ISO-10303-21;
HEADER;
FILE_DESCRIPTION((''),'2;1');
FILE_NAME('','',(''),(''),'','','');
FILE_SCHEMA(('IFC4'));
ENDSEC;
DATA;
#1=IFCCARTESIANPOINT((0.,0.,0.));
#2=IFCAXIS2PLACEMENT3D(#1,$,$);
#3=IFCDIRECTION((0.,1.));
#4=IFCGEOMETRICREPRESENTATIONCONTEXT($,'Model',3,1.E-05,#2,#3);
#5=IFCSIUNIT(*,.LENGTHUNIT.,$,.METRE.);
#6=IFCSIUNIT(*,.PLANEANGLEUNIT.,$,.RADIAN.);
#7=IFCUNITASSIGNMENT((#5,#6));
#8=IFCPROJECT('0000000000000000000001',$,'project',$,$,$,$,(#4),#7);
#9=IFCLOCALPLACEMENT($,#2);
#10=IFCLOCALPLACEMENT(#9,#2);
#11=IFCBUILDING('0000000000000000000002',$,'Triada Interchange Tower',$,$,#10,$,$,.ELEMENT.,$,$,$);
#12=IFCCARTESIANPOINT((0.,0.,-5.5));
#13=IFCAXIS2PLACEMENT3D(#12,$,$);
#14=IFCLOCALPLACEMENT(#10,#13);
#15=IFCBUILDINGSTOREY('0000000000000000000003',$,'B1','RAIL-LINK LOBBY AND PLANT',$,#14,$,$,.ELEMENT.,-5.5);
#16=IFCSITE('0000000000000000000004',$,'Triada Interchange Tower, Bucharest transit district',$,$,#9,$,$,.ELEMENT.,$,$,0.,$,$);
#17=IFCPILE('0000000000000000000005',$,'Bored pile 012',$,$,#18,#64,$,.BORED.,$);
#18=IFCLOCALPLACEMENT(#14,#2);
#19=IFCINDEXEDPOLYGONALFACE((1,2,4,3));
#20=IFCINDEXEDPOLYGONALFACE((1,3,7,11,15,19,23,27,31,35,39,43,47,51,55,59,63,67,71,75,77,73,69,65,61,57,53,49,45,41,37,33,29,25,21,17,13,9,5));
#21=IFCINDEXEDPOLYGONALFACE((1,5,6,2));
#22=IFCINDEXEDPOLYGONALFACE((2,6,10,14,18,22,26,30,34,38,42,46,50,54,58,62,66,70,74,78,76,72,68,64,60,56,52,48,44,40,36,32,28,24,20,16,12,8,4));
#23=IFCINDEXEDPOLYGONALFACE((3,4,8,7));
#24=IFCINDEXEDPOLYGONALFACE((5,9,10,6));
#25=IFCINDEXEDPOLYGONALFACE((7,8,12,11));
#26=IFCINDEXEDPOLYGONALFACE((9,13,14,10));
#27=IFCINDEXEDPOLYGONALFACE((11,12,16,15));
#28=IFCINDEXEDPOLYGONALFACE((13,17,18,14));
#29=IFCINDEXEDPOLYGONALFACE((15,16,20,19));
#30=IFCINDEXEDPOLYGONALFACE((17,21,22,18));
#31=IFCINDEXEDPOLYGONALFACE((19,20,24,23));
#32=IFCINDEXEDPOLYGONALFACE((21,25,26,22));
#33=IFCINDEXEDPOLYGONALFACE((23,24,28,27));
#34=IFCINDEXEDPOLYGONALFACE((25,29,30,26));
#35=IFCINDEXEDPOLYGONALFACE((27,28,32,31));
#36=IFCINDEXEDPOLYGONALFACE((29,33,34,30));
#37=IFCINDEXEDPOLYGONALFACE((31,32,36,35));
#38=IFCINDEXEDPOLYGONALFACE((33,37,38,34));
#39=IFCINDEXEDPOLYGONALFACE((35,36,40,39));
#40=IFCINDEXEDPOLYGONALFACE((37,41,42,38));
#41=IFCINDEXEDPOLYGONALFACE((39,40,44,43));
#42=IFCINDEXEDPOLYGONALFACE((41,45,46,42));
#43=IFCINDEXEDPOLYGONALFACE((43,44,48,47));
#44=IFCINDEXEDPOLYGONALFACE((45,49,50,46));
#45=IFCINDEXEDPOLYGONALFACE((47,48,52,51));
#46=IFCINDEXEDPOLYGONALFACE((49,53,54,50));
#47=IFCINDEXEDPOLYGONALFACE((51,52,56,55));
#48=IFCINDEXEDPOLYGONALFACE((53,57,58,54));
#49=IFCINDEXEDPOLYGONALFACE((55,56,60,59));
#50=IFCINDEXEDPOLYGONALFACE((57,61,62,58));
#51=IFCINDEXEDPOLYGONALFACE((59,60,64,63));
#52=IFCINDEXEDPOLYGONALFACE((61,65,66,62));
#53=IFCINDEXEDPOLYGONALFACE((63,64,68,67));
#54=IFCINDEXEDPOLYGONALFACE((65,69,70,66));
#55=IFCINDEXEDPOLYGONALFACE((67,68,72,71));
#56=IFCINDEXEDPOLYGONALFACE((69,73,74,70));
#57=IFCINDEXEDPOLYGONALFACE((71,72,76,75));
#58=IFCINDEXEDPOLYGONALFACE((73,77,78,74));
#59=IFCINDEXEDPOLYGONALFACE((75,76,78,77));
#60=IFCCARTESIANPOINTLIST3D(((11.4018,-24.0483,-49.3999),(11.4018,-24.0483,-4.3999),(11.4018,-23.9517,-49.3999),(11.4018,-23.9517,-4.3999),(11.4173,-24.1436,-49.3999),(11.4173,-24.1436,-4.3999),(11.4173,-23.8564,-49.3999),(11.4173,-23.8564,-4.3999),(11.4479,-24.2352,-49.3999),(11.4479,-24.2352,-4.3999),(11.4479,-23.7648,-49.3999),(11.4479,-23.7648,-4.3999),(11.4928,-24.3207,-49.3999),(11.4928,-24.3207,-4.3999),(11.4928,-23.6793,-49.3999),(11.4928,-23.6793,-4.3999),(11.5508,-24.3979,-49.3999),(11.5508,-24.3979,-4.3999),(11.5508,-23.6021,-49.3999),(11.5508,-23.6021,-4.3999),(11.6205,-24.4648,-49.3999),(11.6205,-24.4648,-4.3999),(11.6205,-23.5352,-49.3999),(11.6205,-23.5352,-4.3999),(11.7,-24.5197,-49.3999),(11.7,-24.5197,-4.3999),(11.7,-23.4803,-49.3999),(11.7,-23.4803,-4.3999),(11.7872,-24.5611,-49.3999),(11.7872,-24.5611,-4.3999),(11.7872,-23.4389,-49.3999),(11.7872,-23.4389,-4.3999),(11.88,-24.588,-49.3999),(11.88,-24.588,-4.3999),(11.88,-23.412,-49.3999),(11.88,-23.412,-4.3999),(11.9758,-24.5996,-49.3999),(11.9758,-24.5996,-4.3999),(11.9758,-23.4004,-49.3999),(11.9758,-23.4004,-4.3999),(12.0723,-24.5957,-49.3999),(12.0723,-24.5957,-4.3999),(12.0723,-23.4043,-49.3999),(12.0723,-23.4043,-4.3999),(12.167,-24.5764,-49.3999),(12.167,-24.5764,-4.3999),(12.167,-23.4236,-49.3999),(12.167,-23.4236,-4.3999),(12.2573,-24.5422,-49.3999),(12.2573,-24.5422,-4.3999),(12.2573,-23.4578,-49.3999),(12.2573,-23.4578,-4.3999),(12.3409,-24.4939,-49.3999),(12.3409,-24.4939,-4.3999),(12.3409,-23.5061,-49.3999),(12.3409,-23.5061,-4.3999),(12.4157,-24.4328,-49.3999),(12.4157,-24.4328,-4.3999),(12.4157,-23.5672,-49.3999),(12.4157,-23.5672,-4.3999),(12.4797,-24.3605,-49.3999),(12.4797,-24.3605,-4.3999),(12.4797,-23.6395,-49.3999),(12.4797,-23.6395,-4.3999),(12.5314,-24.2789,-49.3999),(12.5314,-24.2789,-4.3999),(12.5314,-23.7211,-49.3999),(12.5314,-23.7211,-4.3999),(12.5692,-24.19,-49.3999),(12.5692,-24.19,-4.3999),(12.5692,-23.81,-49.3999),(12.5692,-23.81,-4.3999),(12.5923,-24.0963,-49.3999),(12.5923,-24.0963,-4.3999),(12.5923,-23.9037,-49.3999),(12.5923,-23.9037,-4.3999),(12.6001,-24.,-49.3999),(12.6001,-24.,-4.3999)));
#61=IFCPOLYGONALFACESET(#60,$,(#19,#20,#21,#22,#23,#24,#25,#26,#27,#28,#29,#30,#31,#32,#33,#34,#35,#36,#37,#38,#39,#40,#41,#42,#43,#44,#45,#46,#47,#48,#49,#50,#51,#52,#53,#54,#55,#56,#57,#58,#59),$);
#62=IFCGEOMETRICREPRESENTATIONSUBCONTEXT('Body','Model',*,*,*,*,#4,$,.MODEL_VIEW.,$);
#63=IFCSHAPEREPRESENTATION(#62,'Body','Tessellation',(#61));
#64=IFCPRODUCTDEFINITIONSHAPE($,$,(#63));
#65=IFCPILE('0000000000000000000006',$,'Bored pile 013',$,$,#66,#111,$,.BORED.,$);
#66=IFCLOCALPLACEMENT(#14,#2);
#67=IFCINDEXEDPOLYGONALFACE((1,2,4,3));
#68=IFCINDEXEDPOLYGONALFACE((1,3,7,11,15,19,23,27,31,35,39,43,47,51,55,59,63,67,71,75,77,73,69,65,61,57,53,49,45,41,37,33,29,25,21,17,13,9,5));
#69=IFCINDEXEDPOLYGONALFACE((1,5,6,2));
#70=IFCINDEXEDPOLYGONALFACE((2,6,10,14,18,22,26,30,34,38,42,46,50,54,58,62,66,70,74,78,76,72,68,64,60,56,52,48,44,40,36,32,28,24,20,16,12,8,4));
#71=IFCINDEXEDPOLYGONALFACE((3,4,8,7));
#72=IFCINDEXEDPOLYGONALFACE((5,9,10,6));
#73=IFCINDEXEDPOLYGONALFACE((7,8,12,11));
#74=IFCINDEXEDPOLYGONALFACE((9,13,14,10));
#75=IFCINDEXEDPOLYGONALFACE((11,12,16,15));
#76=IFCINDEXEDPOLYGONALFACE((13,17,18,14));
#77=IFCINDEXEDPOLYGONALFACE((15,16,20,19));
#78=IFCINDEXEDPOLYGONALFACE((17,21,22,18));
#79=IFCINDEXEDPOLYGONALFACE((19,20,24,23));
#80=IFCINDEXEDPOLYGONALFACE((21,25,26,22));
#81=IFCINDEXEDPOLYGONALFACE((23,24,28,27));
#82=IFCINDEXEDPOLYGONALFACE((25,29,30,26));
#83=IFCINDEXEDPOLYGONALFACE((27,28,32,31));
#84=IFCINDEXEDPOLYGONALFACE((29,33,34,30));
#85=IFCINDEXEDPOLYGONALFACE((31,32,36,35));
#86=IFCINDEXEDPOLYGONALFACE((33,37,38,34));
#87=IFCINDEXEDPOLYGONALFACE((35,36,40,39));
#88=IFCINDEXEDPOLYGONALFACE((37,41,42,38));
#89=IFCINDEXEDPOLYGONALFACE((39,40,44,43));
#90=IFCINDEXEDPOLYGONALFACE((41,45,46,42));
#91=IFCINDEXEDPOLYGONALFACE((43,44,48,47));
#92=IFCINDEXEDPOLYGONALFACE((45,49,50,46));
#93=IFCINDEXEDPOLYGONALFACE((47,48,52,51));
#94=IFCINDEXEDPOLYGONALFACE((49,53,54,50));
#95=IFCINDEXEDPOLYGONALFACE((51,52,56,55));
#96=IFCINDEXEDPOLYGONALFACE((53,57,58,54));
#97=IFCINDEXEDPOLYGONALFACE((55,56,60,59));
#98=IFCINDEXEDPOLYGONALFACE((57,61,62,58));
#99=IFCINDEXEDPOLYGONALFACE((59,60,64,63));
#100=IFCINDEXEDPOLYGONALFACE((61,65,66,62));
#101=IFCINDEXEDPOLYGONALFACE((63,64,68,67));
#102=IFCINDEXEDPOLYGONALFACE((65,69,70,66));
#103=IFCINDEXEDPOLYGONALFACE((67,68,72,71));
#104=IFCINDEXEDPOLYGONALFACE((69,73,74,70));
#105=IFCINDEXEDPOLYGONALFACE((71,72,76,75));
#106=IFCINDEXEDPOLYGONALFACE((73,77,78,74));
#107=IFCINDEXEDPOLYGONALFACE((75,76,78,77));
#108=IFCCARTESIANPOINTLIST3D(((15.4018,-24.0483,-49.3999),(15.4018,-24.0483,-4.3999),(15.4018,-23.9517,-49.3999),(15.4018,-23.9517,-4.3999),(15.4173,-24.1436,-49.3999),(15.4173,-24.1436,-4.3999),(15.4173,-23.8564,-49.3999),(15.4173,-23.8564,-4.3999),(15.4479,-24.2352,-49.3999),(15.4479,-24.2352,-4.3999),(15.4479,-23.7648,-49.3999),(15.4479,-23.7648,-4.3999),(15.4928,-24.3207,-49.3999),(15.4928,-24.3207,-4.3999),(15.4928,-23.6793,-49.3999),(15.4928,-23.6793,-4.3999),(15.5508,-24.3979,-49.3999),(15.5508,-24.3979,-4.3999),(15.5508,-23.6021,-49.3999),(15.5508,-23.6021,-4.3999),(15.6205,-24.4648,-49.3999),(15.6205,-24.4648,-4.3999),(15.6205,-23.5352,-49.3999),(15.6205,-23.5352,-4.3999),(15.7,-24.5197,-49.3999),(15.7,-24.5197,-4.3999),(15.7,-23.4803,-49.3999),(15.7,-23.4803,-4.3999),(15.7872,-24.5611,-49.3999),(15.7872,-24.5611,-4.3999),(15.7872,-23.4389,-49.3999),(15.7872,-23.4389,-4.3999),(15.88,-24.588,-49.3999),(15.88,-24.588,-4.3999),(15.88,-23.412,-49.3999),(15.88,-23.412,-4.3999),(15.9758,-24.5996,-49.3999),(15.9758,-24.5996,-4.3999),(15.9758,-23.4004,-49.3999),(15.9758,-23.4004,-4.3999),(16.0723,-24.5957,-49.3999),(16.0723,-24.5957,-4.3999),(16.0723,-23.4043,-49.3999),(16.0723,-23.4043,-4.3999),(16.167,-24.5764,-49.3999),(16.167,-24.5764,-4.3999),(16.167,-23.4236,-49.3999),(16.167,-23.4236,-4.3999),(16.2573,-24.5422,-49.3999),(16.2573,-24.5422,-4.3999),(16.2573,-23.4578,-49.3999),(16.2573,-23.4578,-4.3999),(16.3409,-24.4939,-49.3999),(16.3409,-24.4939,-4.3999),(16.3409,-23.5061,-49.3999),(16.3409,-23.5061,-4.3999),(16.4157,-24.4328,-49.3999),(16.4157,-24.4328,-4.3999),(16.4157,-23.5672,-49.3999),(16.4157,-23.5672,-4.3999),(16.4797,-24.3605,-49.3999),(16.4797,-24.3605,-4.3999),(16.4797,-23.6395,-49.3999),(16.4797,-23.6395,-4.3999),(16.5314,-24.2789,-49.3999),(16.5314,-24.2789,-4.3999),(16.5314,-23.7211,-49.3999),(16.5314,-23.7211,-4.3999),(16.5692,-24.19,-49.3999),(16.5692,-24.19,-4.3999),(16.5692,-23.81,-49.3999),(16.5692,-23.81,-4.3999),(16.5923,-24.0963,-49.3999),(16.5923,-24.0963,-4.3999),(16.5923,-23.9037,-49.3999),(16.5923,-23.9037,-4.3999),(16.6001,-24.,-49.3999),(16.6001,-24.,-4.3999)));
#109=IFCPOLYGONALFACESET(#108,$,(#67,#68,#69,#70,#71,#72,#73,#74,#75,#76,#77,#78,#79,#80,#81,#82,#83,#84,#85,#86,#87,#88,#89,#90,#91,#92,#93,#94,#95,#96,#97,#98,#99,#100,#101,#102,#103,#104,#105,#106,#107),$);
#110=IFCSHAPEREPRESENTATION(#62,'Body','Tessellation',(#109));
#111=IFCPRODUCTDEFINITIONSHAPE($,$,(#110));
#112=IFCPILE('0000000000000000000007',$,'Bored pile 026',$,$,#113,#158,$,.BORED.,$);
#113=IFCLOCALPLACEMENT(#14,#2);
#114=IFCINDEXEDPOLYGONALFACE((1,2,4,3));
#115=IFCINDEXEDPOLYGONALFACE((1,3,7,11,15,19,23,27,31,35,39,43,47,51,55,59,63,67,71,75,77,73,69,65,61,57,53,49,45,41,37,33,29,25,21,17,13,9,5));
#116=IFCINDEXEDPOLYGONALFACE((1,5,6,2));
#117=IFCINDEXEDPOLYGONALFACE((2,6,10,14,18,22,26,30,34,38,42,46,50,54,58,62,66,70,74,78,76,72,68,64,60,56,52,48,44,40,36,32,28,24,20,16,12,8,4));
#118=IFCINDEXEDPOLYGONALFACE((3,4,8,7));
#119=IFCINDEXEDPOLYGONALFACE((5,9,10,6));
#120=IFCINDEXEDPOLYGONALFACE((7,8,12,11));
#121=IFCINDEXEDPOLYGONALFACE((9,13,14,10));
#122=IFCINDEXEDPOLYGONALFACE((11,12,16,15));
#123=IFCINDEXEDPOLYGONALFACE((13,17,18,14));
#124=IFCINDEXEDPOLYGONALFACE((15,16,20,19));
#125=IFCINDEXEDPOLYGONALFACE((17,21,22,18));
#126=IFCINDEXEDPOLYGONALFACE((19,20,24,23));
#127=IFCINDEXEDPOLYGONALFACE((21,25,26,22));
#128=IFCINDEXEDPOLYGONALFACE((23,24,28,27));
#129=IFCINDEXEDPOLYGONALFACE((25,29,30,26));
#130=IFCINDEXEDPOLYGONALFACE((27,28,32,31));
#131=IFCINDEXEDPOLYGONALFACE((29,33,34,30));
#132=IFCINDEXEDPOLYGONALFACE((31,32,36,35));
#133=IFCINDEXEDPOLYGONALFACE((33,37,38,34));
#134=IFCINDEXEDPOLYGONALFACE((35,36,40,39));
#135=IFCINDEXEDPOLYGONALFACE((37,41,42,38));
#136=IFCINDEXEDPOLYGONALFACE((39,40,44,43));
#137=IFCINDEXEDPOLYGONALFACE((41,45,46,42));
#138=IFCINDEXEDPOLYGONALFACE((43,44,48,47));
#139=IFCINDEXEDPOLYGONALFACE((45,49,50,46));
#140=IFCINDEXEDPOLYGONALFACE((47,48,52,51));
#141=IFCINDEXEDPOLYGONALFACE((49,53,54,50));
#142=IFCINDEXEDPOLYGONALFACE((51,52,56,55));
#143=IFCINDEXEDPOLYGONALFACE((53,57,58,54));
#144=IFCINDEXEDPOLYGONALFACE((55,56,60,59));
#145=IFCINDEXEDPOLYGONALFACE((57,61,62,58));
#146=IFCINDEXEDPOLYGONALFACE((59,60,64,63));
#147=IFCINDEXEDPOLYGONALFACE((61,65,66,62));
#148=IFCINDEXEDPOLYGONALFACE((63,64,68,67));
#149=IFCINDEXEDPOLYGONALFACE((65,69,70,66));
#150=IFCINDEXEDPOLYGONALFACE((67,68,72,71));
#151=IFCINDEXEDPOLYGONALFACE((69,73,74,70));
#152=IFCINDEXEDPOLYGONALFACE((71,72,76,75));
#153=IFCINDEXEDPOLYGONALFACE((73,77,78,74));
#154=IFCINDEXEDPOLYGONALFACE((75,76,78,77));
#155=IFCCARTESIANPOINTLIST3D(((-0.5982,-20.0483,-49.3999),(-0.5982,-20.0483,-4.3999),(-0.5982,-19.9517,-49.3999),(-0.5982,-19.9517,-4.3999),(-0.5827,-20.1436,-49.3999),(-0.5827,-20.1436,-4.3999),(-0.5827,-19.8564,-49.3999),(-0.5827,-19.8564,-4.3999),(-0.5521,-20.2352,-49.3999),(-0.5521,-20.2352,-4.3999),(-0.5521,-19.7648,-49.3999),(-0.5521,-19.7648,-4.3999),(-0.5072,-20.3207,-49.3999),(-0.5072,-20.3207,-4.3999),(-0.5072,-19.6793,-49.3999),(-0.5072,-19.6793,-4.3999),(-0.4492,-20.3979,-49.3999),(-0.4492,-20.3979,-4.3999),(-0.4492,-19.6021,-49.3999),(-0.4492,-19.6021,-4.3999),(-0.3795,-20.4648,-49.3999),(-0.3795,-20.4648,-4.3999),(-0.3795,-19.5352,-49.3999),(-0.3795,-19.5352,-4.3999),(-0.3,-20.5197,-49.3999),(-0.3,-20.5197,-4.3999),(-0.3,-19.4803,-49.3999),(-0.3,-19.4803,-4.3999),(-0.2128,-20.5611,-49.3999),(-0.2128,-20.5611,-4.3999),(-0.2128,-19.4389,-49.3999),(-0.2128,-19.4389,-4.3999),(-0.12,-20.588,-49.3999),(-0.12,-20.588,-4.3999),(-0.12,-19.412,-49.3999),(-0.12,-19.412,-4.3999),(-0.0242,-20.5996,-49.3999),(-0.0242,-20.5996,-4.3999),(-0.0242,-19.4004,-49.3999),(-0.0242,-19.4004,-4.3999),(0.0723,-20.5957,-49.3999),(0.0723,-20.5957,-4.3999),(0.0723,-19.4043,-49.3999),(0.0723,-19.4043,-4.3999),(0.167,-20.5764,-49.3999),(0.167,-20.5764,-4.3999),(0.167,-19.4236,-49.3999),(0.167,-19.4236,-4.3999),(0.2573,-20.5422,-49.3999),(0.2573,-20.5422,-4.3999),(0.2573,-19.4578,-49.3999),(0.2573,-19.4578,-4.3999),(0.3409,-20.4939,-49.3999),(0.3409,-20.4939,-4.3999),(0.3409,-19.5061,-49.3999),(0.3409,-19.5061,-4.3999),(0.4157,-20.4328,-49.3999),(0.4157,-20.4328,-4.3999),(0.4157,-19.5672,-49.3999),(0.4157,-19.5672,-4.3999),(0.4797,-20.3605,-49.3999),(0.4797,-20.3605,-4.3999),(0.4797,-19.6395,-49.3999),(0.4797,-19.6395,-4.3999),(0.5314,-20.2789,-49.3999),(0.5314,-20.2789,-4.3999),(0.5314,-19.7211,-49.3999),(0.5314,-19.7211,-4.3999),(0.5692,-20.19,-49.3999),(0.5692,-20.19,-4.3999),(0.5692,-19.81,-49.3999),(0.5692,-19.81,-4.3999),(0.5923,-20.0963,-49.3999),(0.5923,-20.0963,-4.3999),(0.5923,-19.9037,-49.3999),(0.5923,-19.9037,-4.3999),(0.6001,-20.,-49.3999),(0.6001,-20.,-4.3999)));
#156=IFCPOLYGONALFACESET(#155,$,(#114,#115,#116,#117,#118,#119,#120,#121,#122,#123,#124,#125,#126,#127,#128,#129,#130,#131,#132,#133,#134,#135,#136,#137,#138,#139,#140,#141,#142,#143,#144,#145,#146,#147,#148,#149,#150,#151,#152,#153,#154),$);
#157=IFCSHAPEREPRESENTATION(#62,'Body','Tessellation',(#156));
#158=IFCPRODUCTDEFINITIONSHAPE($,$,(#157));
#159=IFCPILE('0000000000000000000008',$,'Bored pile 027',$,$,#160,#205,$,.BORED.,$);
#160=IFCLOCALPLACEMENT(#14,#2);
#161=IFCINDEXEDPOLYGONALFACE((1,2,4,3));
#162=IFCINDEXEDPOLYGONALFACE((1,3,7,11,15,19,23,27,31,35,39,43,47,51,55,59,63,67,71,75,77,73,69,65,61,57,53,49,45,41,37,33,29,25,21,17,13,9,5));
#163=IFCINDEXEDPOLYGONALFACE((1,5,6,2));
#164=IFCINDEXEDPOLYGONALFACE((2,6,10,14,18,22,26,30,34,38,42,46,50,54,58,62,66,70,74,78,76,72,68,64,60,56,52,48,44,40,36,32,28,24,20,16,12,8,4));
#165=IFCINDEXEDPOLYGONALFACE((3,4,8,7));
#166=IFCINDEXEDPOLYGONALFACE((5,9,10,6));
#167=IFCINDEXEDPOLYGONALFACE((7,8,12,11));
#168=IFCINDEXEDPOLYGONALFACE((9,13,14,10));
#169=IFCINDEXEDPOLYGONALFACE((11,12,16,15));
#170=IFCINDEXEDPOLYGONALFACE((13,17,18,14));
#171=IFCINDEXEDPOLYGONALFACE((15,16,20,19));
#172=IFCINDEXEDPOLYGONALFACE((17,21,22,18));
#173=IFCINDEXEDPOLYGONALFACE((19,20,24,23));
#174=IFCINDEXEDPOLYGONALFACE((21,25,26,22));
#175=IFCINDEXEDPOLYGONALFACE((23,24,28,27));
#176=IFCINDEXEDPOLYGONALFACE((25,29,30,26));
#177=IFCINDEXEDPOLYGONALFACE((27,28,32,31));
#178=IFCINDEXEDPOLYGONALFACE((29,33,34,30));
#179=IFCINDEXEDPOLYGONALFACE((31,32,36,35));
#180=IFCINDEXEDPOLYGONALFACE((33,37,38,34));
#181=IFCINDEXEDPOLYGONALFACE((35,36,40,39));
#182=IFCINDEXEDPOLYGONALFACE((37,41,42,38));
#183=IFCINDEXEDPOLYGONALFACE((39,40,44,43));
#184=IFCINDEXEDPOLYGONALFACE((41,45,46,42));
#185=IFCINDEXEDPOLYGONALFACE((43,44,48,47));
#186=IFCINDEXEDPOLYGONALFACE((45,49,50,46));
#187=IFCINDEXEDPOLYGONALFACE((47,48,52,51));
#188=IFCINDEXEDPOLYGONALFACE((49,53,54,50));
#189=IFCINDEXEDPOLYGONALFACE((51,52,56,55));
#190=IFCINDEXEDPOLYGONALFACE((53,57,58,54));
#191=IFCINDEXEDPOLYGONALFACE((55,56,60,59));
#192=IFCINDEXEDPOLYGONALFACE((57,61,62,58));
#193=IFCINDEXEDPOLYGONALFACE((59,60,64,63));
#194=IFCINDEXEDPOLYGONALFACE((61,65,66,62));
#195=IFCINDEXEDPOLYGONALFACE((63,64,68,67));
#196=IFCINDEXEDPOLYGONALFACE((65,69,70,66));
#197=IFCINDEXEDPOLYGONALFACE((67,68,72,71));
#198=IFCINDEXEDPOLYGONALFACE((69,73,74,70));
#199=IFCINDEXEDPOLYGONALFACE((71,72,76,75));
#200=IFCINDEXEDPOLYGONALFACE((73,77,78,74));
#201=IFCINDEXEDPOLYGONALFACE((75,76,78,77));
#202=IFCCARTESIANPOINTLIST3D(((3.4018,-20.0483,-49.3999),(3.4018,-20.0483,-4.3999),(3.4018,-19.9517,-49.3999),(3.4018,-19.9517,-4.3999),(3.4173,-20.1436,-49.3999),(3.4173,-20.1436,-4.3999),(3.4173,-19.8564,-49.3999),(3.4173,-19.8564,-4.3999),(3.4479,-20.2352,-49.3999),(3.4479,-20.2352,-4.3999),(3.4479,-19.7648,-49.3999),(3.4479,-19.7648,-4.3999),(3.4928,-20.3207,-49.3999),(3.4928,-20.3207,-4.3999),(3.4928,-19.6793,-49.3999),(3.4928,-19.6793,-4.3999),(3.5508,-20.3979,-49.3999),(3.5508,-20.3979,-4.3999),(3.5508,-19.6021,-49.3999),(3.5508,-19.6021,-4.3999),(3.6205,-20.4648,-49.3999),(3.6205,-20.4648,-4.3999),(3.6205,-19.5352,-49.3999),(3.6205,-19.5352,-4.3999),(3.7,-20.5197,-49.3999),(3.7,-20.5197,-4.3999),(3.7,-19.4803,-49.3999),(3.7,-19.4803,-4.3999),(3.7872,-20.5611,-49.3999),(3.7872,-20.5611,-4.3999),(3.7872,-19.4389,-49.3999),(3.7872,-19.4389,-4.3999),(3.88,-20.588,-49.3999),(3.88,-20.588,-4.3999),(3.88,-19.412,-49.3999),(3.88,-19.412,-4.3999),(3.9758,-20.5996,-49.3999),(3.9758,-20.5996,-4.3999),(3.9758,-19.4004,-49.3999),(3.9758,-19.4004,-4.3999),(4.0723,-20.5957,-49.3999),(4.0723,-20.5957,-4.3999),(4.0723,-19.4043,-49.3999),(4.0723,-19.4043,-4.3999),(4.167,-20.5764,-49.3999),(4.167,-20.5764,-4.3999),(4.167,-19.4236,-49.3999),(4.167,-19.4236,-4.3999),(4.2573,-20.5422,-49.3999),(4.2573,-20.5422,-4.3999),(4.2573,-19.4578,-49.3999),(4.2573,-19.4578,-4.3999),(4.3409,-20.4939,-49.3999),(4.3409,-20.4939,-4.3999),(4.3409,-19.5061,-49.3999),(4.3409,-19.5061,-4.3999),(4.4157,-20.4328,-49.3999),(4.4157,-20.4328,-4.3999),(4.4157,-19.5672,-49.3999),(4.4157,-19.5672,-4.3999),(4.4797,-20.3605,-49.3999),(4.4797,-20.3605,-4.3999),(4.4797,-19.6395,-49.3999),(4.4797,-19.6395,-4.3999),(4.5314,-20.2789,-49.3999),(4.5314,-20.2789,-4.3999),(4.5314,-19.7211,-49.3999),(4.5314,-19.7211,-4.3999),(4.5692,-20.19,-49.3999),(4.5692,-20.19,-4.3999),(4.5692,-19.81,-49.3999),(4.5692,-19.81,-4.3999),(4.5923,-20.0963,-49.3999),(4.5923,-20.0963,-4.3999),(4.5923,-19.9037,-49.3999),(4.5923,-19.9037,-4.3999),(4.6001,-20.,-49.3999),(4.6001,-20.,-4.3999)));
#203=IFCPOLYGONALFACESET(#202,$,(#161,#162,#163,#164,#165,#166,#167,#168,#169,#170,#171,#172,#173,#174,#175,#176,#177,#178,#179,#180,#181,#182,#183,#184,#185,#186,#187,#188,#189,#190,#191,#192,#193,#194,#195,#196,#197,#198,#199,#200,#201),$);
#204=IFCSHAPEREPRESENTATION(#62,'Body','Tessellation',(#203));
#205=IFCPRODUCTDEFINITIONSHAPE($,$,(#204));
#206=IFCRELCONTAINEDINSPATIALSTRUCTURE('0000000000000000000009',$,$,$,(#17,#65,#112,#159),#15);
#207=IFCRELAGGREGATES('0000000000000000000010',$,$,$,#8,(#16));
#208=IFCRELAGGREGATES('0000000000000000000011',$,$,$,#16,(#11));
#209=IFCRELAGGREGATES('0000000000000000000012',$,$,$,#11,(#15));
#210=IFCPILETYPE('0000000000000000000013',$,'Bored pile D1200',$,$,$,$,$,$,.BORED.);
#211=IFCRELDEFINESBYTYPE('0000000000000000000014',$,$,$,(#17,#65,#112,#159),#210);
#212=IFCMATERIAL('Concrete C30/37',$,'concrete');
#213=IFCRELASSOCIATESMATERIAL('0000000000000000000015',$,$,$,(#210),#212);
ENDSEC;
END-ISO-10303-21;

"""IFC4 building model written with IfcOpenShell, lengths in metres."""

from ifc_helpers import new_model, si_unit, direction, frame, origin, origin_2d, place, context, subcontext, project, spatial, circle, extrude, material, material_profile, profile_set, type_object, element, save


model = new_model("IFC4")

# Units and contexts
model_context = context("Model", 3, precision=1e-05, world=origin(), true_north=direction((0.0, 1.0)))
body_context = subcontext(model_context, "Body", "Model", "MODEL_VIEW")
ifc_project = project(units=[si_unit("LENGTHUNIT", "METRE"), si_unit("PLANEANGLEUNIT", "RADIAN")], contexts=[model_context])

# Site, building, storey
site_placement = place(None, origin())
site = spatial("IfcSite", under=ifc_project, at=site_placement, Name="Triada Interchange Tower, Bucharest transit district", CompositionType="ELEMENT", RefElevation=0.0)
building_placement = place(site_placement, origin())
building = spatial("IfcBuilding", under=site, at=building_placement, Name="Triada Interchange Tower", CompositionType="ELEMENT")
storey_placement = place(building_placement, frame((0.0, 0.0, -5.5)))
storey = spatial("IfcBuildingStorey", under=building, at=storey_placement, Name="B1", Description="RAIL-LINK LOBBY AND PLANT", CompositionType="ELEMENT", Elevation=-5.5)

# Piles
ifc_material_1 = material(Name="Concrete C30/37", Category="concrete")
ifc_material_profile_1 = material_profile(ifc_material_1, circle(Radius=0.6001, at=origin_2d()), Name="RC D1200")
ifc_profile_set_1 = profile_set([ifc_material_profile_1], Name="Concrete C30/37")
pile_type = type_object("IfcPileType", Name="Bored pile D1200", PredefinedType="BORED", material=ifc_profile_set_1)
for number, where, z_axis, x_axis, name in (
    (1, (12.0, -24.0, -4.3999), (0.0, 0.0, -1.0), (1.0, 0.0, 0.0), "Bored pile 012"),
    (2, (16.0, -24.0, -4.3999), (0.0, 0.0, -1.0), (1.0, 0.0, 0.0), "Bored pile 013"),
    (3, (0.0, -20.0, -4.3999), (0.0, 0.0, -1.0), (1.0, 0.0, 0.0), "Bored pile 026"),
    (4, (4.0, -20.0, -4.3999), (0.0, 0.0, -1.0), (1.0, 0.0, 0.0), "Bored pile 027"),
):
    element("IfcPile", number, at=place(storey_placement, frame(where, z_axis=z_axis, x_axis=x_axis)), inside=storey, type_object=pile_type, Name=name, PredefinedType="BORED", context=body_context, shape_type="SweptSolid", body=[
        extrude(circle(Radius=0.6001, at=origin_2d()), origin(), (0.0, 0.0, 1.0), 45.0),
    ])

save(model, "model.ifc")
